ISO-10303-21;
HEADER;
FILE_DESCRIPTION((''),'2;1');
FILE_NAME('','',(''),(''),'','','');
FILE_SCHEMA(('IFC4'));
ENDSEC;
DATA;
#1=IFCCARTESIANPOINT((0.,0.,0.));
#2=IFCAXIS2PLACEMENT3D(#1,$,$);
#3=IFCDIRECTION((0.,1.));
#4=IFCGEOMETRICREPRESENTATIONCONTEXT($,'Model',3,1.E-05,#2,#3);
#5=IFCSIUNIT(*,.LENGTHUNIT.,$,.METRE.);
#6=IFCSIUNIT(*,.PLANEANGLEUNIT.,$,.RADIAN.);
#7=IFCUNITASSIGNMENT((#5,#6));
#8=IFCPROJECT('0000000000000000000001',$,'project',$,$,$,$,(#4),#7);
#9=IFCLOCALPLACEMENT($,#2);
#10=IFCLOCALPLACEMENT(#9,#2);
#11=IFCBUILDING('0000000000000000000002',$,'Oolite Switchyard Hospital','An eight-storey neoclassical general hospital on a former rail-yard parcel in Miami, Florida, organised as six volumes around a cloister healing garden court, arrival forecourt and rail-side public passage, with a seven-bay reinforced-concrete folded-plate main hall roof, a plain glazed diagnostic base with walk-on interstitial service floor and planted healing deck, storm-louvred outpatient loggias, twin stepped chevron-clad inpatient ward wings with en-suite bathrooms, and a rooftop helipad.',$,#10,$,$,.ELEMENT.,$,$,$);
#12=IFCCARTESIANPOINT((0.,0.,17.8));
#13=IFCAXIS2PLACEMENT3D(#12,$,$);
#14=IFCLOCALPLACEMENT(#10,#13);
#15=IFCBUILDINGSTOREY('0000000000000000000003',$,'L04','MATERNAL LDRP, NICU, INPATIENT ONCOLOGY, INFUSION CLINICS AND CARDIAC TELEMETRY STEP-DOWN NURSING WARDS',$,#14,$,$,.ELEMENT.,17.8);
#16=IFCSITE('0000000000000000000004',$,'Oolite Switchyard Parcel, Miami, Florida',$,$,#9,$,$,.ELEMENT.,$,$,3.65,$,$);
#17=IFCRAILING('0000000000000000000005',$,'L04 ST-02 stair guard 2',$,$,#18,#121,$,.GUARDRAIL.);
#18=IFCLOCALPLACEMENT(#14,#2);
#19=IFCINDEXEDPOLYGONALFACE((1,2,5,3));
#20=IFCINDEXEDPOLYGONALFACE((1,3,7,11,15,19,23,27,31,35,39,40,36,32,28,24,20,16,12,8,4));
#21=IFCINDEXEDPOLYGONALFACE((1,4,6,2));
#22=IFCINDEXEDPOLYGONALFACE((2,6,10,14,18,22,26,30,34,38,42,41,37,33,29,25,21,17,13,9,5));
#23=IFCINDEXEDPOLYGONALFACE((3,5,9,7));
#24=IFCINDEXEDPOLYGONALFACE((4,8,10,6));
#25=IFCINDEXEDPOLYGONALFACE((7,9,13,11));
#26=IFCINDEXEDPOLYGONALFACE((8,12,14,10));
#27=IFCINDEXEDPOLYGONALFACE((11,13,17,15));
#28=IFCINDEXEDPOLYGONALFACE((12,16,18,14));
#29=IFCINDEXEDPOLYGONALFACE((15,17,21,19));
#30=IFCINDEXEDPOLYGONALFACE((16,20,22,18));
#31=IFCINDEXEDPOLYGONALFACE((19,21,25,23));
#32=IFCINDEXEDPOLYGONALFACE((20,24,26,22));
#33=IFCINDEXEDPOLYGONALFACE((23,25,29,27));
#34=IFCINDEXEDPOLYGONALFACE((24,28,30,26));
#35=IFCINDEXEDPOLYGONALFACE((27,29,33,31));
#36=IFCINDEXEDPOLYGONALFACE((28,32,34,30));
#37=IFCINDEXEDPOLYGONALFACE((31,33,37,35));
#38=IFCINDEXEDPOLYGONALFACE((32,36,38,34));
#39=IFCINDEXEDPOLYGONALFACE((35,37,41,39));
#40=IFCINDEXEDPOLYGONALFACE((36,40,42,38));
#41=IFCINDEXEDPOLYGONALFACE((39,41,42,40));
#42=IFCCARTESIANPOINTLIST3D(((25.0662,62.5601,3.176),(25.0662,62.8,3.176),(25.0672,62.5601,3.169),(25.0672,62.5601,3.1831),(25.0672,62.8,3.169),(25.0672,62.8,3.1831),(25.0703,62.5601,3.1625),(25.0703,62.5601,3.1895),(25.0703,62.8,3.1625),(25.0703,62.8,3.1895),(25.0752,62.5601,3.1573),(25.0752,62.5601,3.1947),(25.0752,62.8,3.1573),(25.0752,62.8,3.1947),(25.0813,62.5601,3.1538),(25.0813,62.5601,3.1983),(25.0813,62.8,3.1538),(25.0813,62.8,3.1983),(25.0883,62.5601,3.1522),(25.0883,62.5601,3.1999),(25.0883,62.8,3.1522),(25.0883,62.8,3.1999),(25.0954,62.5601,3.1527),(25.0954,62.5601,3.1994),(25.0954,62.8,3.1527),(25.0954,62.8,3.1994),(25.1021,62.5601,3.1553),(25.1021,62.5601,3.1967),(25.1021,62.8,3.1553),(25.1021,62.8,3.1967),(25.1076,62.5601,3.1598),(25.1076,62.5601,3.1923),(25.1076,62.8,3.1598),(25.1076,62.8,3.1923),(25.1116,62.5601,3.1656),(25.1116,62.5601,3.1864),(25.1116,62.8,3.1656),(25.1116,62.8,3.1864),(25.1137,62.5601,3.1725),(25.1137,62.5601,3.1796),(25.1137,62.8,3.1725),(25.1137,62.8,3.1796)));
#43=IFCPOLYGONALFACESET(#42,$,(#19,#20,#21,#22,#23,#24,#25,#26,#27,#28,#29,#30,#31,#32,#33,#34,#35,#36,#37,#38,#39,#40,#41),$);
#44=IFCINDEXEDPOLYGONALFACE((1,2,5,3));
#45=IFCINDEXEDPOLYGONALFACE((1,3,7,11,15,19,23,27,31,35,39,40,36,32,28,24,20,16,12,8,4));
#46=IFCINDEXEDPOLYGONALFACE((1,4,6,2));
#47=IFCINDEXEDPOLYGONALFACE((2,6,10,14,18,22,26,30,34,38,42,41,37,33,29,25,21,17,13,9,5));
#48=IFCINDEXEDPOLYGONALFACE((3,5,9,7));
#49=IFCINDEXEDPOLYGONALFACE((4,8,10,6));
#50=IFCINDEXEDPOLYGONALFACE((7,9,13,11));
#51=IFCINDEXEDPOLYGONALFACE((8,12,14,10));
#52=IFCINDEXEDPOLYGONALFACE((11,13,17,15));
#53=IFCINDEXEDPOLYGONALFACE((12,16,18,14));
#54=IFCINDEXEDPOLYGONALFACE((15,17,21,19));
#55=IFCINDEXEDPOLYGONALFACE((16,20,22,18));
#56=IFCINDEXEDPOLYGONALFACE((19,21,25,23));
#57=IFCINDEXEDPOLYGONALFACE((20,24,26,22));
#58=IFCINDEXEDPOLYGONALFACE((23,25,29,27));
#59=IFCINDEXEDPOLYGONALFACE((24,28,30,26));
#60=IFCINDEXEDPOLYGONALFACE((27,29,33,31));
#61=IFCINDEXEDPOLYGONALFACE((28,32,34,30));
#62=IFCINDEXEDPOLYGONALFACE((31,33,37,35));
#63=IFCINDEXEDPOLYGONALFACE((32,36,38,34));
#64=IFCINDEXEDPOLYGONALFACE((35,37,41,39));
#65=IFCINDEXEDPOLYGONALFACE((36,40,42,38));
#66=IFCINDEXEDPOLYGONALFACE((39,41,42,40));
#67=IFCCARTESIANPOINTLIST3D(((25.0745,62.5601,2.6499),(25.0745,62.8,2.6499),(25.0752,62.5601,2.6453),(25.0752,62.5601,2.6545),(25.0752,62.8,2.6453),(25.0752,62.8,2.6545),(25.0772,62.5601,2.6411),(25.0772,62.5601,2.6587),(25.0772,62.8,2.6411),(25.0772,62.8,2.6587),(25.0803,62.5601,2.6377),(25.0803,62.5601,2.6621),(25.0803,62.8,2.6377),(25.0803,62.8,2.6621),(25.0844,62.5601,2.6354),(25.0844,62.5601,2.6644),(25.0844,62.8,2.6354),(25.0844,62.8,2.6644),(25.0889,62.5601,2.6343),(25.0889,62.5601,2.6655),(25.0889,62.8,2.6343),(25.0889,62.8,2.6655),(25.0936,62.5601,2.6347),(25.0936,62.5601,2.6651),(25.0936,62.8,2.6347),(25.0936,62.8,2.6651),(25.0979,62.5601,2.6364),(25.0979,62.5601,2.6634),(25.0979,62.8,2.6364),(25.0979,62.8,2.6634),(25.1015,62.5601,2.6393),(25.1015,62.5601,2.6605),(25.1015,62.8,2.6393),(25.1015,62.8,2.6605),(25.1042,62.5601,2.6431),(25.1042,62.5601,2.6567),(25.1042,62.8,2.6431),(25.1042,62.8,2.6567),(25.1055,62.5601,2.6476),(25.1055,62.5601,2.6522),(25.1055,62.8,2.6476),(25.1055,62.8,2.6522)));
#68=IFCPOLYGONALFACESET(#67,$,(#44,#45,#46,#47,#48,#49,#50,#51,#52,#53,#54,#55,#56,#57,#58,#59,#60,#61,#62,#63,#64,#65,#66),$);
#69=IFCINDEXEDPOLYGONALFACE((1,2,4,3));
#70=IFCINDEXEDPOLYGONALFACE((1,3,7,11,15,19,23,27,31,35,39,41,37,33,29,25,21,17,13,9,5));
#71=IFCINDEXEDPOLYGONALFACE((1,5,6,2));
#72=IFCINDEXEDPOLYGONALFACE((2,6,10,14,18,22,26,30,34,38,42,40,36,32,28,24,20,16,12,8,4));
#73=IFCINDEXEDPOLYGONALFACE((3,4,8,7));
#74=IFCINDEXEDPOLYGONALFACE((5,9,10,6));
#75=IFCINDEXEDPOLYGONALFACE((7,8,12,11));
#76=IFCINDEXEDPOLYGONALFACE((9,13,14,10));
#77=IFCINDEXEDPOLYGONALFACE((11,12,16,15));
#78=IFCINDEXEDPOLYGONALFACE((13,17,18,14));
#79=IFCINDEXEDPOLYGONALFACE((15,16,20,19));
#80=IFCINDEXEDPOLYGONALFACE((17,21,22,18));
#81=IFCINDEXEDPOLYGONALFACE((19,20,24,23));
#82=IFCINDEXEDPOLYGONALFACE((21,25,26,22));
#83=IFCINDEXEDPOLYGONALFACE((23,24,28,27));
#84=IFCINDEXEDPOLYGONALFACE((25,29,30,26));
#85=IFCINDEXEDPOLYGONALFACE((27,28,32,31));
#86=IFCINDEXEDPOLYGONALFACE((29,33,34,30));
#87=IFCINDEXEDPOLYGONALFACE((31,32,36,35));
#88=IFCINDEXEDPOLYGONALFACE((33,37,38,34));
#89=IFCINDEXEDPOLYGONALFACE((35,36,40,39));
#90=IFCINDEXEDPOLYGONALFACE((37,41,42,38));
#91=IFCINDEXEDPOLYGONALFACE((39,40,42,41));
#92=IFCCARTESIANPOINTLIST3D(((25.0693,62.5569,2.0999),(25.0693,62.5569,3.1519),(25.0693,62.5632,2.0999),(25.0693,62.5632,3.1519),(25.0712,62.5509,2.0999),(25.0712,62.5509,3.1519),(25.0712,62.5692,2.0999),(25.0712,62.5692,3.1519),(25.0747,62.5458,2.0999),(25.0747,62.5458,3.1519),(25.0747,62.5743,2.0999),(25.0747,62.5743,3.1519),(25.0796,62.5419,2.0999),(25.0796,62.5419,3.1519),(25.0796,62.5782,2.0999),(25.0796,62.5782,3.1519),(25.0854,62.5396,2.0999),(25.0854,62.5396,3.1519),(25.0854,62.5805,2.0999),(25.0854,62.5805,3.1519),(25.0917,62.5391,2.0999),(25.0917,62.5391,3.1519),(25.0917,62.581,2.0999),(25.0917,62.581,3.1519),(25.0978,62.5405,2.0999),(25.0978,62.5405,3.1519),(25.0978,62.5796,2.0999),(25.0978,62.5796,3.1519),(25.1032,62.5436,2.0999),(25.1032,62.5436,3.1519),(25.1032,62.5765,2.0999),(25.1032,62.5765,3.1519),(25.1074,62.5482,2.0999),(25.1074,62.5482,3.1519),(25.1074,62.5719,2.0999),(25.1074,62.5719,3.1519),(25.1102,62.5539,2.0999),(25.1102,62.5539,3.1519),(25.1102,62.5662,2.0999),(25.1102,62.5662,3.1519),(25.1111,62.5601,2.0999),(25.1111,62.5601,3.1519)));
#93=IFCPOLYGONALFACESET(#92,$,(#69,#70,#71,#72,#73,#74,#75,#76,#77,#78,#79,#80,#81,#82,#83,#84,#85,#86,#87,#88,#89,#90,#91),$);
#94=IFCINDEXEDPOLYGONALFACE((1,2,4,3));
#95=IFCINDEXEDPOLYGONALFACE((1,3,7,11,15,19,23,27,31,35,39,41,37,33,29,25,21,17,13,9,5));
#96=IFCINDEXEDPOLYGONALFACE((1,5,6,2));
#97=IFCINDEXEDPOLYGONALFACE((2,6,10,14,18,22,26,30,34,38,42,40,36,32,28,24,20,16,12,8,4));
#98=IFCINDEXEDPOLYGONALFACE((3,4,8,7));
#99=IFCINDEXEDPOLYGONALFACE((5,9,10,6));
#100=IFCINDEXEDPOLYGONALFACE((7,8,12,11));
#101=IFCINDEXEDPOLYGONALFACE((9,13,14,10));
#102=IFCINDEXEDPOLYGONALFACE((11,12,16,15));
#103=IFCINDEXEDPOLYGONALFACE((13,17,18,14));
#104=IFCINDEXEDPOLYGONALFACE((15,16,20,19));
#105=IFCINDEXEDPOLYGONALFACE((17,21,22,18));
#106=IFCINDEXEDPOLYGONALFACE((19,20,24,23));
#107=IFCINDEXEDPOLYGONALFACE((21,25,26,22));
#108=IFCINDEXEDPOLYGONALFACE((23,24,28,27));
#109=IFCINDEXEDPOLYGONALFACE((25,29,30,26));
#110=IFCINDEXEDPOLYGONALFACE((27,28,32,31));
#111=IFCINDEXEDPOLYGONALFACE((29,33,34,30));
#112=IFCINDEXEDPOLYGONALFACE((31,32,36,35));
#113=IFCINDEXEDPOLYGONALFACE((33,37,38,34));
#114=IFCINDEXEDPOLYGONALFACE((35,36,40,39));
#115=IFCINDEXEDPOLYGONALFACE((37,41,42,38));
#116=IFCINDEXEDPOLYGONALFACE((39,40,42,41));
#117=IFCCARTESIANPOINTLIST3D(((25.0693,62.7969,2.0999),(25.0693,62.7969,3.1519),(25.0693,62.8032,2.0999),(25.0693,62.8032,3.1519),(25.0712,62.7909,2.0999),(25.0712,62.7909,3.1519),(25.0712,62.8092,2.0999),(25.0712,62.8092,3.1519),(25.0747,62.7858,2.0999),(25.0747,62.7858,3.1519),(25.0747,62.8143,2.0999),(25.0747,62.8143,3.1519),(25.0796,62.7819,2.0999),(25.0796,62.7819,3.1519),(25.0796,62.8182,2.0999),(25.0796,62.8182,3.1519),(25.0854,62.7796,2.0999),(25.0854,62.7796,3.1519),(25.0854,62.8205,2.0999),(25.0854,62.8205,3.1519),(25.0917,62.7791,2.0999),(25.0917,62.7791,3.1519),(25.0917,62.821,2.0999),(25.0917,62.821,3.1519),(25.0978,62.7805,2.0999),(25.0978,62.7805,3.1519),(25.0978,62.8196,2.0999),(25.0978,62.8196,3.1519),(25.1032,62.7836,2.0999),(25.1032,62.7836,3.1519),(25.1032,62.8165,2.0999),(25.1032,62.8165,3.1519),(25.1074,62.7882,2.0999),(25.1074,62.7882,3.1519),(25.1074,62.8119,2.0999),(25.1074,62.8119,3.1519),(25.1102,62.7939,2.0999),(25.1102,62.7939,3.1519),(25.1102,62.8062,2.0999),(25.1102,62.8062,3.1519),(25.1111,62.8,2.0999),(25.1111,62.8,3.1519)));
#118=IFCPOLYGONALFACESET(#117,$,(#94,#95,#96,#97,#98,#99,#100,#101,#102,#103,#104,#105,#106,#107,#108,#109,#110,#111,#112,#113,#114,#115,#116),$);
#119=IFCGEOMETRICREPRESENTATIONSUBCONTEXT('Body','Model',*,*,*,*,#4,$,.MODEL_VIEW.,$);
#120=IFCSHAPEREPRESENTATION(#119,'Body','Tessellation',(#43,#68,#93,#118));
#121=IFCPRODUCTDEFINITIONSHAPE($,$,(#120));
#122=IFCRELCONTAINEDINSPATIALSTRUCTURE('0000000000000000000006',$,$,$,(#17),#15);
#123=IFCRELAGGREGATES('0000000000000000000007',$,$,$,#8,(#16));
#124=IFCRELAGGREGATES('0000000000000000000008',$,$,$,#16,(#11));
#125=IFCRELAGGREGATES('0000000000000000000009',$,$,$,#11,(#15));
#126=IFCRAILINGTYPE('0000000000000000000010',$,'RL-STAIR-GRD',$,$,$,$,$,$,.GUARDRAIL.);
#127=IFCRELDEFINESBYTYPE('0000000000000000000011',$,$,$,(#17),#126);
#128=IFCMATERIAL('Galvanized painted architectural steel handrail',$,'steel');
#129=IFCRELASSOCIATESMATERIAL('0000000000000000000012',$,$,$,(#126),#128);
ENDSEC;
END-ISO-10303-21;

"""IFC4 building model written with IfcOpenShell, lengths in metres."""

from ifc_helpers import new_model, si_unit, direction, frame, origin, origin_2d, place, context, subcontext, project, spatial, circle, extrude, material, type_object, element, save


model = new_model("IFC4")

# Units and contexts
model_context = context("Model", 3, precision=1e-05, world=origin(), true_north=direction((0.0, 1.0)))
body_context = subcontext(model_context, "Body", "Model", "MODEL_VIEW")
ifc_project = project(units=[si_unit("LENGTHUNIT", "METRE"), si_unit("PLANEANGLEUNIT", "RADIAN")], contexts=[model_context])

# Site, building, storey
site_placement = place(None, origin())
site = spatial("IfcSite", under=ifc_project, at=site_placement, Name="Oolite Switchyard Parcel, Miami, Florida", CompositionType="ELEMENT", RefElevation=3.65)
building_placement = place(site_placement, origin())
building = spatial("IfcBuilding", under=site, at=building_placement, Name="Oolite Switchyard Hospital", Description="An eight-storey neoclassical general hospital on a former rail-yard parcel in Miami, Florida, organised as six volumes around a cloister healing garden court, arrival forecourt and rail-side public passage, with a seven-bay reinforced-concrete folded-plate main hall roof, a plain glazed diagnostic base with walk-on interstitial service floor and planted healing deck, storm-louvred outpatient loggias, twin stepped chevron-clad inpatient ward wings with en-suite bathrooms, and a rooftop helipad.", CompositionType="ELEMENT")
storey_placement = place(building_placement, frame((0.0, 0.0, 17.8)))
storey = spatial("IfcBuildingStorey", under=building, at=storey_placement, Name="L04", Description="MATERNAL LDRP, NICU, INPATIENT ONCOLOGY, INFUSION CLINICS AND CARDIAC TELEMETRY STEP-DOWN NURSING WARDS", CompositionType="ELEMENT", Elevation=17.8)

# Railing
ifc_material_1 = material(Name="Galvanized painted architectural steel handrail", Category="steel")
railing_type_1 = type_object("IfcRailingType", Name="RL-STAIR-GRD", PredefinedType="GUARDRAIL", material=ifc_material_1)
railing_1_placement = place(storey_placement, frame((25.0901, 62.5601, 2.0999)))
element("IfcRailing", 1, at=railing_1_placement, inside=storey, type_object=railing_type_1, Name="L04 ST-02 stair guard 2", PredefinedType="GUARDRAIL", context=body_context, shape_type="SweptSolid", body=[
    extrude(circle(Radius=0.0239, at=origin_2d()), frame((0.0, 0.0, 1.0762), z_axis=(0.0, 1.0, 0.0), x_axis=(-1.0, 0.0, 0.0)), (0.0, 0.0, 1.0), 0.24),
    extrude(circle(Radius=0.0156, at=origin_2d()), frame((0.0, 0.0, 0.55), z_axis=(0.0, 1.0, 0.0), x_axis=(-1.0, 0.0, 0.0)), (0.0, 0.0, 1.0), 0.24),
    extrude(circle(Radius=0.021, at=origin_2d()), origin(), (0.0, 0.0, 1.0), 1.052),
    extrude(circle(Radius=0.021, at=origin_2d()), frame((0.0, 0.24, 0.0)), (0.0, 0.0, 1.0), 1.052),
])

save(model, "model.ifc")
